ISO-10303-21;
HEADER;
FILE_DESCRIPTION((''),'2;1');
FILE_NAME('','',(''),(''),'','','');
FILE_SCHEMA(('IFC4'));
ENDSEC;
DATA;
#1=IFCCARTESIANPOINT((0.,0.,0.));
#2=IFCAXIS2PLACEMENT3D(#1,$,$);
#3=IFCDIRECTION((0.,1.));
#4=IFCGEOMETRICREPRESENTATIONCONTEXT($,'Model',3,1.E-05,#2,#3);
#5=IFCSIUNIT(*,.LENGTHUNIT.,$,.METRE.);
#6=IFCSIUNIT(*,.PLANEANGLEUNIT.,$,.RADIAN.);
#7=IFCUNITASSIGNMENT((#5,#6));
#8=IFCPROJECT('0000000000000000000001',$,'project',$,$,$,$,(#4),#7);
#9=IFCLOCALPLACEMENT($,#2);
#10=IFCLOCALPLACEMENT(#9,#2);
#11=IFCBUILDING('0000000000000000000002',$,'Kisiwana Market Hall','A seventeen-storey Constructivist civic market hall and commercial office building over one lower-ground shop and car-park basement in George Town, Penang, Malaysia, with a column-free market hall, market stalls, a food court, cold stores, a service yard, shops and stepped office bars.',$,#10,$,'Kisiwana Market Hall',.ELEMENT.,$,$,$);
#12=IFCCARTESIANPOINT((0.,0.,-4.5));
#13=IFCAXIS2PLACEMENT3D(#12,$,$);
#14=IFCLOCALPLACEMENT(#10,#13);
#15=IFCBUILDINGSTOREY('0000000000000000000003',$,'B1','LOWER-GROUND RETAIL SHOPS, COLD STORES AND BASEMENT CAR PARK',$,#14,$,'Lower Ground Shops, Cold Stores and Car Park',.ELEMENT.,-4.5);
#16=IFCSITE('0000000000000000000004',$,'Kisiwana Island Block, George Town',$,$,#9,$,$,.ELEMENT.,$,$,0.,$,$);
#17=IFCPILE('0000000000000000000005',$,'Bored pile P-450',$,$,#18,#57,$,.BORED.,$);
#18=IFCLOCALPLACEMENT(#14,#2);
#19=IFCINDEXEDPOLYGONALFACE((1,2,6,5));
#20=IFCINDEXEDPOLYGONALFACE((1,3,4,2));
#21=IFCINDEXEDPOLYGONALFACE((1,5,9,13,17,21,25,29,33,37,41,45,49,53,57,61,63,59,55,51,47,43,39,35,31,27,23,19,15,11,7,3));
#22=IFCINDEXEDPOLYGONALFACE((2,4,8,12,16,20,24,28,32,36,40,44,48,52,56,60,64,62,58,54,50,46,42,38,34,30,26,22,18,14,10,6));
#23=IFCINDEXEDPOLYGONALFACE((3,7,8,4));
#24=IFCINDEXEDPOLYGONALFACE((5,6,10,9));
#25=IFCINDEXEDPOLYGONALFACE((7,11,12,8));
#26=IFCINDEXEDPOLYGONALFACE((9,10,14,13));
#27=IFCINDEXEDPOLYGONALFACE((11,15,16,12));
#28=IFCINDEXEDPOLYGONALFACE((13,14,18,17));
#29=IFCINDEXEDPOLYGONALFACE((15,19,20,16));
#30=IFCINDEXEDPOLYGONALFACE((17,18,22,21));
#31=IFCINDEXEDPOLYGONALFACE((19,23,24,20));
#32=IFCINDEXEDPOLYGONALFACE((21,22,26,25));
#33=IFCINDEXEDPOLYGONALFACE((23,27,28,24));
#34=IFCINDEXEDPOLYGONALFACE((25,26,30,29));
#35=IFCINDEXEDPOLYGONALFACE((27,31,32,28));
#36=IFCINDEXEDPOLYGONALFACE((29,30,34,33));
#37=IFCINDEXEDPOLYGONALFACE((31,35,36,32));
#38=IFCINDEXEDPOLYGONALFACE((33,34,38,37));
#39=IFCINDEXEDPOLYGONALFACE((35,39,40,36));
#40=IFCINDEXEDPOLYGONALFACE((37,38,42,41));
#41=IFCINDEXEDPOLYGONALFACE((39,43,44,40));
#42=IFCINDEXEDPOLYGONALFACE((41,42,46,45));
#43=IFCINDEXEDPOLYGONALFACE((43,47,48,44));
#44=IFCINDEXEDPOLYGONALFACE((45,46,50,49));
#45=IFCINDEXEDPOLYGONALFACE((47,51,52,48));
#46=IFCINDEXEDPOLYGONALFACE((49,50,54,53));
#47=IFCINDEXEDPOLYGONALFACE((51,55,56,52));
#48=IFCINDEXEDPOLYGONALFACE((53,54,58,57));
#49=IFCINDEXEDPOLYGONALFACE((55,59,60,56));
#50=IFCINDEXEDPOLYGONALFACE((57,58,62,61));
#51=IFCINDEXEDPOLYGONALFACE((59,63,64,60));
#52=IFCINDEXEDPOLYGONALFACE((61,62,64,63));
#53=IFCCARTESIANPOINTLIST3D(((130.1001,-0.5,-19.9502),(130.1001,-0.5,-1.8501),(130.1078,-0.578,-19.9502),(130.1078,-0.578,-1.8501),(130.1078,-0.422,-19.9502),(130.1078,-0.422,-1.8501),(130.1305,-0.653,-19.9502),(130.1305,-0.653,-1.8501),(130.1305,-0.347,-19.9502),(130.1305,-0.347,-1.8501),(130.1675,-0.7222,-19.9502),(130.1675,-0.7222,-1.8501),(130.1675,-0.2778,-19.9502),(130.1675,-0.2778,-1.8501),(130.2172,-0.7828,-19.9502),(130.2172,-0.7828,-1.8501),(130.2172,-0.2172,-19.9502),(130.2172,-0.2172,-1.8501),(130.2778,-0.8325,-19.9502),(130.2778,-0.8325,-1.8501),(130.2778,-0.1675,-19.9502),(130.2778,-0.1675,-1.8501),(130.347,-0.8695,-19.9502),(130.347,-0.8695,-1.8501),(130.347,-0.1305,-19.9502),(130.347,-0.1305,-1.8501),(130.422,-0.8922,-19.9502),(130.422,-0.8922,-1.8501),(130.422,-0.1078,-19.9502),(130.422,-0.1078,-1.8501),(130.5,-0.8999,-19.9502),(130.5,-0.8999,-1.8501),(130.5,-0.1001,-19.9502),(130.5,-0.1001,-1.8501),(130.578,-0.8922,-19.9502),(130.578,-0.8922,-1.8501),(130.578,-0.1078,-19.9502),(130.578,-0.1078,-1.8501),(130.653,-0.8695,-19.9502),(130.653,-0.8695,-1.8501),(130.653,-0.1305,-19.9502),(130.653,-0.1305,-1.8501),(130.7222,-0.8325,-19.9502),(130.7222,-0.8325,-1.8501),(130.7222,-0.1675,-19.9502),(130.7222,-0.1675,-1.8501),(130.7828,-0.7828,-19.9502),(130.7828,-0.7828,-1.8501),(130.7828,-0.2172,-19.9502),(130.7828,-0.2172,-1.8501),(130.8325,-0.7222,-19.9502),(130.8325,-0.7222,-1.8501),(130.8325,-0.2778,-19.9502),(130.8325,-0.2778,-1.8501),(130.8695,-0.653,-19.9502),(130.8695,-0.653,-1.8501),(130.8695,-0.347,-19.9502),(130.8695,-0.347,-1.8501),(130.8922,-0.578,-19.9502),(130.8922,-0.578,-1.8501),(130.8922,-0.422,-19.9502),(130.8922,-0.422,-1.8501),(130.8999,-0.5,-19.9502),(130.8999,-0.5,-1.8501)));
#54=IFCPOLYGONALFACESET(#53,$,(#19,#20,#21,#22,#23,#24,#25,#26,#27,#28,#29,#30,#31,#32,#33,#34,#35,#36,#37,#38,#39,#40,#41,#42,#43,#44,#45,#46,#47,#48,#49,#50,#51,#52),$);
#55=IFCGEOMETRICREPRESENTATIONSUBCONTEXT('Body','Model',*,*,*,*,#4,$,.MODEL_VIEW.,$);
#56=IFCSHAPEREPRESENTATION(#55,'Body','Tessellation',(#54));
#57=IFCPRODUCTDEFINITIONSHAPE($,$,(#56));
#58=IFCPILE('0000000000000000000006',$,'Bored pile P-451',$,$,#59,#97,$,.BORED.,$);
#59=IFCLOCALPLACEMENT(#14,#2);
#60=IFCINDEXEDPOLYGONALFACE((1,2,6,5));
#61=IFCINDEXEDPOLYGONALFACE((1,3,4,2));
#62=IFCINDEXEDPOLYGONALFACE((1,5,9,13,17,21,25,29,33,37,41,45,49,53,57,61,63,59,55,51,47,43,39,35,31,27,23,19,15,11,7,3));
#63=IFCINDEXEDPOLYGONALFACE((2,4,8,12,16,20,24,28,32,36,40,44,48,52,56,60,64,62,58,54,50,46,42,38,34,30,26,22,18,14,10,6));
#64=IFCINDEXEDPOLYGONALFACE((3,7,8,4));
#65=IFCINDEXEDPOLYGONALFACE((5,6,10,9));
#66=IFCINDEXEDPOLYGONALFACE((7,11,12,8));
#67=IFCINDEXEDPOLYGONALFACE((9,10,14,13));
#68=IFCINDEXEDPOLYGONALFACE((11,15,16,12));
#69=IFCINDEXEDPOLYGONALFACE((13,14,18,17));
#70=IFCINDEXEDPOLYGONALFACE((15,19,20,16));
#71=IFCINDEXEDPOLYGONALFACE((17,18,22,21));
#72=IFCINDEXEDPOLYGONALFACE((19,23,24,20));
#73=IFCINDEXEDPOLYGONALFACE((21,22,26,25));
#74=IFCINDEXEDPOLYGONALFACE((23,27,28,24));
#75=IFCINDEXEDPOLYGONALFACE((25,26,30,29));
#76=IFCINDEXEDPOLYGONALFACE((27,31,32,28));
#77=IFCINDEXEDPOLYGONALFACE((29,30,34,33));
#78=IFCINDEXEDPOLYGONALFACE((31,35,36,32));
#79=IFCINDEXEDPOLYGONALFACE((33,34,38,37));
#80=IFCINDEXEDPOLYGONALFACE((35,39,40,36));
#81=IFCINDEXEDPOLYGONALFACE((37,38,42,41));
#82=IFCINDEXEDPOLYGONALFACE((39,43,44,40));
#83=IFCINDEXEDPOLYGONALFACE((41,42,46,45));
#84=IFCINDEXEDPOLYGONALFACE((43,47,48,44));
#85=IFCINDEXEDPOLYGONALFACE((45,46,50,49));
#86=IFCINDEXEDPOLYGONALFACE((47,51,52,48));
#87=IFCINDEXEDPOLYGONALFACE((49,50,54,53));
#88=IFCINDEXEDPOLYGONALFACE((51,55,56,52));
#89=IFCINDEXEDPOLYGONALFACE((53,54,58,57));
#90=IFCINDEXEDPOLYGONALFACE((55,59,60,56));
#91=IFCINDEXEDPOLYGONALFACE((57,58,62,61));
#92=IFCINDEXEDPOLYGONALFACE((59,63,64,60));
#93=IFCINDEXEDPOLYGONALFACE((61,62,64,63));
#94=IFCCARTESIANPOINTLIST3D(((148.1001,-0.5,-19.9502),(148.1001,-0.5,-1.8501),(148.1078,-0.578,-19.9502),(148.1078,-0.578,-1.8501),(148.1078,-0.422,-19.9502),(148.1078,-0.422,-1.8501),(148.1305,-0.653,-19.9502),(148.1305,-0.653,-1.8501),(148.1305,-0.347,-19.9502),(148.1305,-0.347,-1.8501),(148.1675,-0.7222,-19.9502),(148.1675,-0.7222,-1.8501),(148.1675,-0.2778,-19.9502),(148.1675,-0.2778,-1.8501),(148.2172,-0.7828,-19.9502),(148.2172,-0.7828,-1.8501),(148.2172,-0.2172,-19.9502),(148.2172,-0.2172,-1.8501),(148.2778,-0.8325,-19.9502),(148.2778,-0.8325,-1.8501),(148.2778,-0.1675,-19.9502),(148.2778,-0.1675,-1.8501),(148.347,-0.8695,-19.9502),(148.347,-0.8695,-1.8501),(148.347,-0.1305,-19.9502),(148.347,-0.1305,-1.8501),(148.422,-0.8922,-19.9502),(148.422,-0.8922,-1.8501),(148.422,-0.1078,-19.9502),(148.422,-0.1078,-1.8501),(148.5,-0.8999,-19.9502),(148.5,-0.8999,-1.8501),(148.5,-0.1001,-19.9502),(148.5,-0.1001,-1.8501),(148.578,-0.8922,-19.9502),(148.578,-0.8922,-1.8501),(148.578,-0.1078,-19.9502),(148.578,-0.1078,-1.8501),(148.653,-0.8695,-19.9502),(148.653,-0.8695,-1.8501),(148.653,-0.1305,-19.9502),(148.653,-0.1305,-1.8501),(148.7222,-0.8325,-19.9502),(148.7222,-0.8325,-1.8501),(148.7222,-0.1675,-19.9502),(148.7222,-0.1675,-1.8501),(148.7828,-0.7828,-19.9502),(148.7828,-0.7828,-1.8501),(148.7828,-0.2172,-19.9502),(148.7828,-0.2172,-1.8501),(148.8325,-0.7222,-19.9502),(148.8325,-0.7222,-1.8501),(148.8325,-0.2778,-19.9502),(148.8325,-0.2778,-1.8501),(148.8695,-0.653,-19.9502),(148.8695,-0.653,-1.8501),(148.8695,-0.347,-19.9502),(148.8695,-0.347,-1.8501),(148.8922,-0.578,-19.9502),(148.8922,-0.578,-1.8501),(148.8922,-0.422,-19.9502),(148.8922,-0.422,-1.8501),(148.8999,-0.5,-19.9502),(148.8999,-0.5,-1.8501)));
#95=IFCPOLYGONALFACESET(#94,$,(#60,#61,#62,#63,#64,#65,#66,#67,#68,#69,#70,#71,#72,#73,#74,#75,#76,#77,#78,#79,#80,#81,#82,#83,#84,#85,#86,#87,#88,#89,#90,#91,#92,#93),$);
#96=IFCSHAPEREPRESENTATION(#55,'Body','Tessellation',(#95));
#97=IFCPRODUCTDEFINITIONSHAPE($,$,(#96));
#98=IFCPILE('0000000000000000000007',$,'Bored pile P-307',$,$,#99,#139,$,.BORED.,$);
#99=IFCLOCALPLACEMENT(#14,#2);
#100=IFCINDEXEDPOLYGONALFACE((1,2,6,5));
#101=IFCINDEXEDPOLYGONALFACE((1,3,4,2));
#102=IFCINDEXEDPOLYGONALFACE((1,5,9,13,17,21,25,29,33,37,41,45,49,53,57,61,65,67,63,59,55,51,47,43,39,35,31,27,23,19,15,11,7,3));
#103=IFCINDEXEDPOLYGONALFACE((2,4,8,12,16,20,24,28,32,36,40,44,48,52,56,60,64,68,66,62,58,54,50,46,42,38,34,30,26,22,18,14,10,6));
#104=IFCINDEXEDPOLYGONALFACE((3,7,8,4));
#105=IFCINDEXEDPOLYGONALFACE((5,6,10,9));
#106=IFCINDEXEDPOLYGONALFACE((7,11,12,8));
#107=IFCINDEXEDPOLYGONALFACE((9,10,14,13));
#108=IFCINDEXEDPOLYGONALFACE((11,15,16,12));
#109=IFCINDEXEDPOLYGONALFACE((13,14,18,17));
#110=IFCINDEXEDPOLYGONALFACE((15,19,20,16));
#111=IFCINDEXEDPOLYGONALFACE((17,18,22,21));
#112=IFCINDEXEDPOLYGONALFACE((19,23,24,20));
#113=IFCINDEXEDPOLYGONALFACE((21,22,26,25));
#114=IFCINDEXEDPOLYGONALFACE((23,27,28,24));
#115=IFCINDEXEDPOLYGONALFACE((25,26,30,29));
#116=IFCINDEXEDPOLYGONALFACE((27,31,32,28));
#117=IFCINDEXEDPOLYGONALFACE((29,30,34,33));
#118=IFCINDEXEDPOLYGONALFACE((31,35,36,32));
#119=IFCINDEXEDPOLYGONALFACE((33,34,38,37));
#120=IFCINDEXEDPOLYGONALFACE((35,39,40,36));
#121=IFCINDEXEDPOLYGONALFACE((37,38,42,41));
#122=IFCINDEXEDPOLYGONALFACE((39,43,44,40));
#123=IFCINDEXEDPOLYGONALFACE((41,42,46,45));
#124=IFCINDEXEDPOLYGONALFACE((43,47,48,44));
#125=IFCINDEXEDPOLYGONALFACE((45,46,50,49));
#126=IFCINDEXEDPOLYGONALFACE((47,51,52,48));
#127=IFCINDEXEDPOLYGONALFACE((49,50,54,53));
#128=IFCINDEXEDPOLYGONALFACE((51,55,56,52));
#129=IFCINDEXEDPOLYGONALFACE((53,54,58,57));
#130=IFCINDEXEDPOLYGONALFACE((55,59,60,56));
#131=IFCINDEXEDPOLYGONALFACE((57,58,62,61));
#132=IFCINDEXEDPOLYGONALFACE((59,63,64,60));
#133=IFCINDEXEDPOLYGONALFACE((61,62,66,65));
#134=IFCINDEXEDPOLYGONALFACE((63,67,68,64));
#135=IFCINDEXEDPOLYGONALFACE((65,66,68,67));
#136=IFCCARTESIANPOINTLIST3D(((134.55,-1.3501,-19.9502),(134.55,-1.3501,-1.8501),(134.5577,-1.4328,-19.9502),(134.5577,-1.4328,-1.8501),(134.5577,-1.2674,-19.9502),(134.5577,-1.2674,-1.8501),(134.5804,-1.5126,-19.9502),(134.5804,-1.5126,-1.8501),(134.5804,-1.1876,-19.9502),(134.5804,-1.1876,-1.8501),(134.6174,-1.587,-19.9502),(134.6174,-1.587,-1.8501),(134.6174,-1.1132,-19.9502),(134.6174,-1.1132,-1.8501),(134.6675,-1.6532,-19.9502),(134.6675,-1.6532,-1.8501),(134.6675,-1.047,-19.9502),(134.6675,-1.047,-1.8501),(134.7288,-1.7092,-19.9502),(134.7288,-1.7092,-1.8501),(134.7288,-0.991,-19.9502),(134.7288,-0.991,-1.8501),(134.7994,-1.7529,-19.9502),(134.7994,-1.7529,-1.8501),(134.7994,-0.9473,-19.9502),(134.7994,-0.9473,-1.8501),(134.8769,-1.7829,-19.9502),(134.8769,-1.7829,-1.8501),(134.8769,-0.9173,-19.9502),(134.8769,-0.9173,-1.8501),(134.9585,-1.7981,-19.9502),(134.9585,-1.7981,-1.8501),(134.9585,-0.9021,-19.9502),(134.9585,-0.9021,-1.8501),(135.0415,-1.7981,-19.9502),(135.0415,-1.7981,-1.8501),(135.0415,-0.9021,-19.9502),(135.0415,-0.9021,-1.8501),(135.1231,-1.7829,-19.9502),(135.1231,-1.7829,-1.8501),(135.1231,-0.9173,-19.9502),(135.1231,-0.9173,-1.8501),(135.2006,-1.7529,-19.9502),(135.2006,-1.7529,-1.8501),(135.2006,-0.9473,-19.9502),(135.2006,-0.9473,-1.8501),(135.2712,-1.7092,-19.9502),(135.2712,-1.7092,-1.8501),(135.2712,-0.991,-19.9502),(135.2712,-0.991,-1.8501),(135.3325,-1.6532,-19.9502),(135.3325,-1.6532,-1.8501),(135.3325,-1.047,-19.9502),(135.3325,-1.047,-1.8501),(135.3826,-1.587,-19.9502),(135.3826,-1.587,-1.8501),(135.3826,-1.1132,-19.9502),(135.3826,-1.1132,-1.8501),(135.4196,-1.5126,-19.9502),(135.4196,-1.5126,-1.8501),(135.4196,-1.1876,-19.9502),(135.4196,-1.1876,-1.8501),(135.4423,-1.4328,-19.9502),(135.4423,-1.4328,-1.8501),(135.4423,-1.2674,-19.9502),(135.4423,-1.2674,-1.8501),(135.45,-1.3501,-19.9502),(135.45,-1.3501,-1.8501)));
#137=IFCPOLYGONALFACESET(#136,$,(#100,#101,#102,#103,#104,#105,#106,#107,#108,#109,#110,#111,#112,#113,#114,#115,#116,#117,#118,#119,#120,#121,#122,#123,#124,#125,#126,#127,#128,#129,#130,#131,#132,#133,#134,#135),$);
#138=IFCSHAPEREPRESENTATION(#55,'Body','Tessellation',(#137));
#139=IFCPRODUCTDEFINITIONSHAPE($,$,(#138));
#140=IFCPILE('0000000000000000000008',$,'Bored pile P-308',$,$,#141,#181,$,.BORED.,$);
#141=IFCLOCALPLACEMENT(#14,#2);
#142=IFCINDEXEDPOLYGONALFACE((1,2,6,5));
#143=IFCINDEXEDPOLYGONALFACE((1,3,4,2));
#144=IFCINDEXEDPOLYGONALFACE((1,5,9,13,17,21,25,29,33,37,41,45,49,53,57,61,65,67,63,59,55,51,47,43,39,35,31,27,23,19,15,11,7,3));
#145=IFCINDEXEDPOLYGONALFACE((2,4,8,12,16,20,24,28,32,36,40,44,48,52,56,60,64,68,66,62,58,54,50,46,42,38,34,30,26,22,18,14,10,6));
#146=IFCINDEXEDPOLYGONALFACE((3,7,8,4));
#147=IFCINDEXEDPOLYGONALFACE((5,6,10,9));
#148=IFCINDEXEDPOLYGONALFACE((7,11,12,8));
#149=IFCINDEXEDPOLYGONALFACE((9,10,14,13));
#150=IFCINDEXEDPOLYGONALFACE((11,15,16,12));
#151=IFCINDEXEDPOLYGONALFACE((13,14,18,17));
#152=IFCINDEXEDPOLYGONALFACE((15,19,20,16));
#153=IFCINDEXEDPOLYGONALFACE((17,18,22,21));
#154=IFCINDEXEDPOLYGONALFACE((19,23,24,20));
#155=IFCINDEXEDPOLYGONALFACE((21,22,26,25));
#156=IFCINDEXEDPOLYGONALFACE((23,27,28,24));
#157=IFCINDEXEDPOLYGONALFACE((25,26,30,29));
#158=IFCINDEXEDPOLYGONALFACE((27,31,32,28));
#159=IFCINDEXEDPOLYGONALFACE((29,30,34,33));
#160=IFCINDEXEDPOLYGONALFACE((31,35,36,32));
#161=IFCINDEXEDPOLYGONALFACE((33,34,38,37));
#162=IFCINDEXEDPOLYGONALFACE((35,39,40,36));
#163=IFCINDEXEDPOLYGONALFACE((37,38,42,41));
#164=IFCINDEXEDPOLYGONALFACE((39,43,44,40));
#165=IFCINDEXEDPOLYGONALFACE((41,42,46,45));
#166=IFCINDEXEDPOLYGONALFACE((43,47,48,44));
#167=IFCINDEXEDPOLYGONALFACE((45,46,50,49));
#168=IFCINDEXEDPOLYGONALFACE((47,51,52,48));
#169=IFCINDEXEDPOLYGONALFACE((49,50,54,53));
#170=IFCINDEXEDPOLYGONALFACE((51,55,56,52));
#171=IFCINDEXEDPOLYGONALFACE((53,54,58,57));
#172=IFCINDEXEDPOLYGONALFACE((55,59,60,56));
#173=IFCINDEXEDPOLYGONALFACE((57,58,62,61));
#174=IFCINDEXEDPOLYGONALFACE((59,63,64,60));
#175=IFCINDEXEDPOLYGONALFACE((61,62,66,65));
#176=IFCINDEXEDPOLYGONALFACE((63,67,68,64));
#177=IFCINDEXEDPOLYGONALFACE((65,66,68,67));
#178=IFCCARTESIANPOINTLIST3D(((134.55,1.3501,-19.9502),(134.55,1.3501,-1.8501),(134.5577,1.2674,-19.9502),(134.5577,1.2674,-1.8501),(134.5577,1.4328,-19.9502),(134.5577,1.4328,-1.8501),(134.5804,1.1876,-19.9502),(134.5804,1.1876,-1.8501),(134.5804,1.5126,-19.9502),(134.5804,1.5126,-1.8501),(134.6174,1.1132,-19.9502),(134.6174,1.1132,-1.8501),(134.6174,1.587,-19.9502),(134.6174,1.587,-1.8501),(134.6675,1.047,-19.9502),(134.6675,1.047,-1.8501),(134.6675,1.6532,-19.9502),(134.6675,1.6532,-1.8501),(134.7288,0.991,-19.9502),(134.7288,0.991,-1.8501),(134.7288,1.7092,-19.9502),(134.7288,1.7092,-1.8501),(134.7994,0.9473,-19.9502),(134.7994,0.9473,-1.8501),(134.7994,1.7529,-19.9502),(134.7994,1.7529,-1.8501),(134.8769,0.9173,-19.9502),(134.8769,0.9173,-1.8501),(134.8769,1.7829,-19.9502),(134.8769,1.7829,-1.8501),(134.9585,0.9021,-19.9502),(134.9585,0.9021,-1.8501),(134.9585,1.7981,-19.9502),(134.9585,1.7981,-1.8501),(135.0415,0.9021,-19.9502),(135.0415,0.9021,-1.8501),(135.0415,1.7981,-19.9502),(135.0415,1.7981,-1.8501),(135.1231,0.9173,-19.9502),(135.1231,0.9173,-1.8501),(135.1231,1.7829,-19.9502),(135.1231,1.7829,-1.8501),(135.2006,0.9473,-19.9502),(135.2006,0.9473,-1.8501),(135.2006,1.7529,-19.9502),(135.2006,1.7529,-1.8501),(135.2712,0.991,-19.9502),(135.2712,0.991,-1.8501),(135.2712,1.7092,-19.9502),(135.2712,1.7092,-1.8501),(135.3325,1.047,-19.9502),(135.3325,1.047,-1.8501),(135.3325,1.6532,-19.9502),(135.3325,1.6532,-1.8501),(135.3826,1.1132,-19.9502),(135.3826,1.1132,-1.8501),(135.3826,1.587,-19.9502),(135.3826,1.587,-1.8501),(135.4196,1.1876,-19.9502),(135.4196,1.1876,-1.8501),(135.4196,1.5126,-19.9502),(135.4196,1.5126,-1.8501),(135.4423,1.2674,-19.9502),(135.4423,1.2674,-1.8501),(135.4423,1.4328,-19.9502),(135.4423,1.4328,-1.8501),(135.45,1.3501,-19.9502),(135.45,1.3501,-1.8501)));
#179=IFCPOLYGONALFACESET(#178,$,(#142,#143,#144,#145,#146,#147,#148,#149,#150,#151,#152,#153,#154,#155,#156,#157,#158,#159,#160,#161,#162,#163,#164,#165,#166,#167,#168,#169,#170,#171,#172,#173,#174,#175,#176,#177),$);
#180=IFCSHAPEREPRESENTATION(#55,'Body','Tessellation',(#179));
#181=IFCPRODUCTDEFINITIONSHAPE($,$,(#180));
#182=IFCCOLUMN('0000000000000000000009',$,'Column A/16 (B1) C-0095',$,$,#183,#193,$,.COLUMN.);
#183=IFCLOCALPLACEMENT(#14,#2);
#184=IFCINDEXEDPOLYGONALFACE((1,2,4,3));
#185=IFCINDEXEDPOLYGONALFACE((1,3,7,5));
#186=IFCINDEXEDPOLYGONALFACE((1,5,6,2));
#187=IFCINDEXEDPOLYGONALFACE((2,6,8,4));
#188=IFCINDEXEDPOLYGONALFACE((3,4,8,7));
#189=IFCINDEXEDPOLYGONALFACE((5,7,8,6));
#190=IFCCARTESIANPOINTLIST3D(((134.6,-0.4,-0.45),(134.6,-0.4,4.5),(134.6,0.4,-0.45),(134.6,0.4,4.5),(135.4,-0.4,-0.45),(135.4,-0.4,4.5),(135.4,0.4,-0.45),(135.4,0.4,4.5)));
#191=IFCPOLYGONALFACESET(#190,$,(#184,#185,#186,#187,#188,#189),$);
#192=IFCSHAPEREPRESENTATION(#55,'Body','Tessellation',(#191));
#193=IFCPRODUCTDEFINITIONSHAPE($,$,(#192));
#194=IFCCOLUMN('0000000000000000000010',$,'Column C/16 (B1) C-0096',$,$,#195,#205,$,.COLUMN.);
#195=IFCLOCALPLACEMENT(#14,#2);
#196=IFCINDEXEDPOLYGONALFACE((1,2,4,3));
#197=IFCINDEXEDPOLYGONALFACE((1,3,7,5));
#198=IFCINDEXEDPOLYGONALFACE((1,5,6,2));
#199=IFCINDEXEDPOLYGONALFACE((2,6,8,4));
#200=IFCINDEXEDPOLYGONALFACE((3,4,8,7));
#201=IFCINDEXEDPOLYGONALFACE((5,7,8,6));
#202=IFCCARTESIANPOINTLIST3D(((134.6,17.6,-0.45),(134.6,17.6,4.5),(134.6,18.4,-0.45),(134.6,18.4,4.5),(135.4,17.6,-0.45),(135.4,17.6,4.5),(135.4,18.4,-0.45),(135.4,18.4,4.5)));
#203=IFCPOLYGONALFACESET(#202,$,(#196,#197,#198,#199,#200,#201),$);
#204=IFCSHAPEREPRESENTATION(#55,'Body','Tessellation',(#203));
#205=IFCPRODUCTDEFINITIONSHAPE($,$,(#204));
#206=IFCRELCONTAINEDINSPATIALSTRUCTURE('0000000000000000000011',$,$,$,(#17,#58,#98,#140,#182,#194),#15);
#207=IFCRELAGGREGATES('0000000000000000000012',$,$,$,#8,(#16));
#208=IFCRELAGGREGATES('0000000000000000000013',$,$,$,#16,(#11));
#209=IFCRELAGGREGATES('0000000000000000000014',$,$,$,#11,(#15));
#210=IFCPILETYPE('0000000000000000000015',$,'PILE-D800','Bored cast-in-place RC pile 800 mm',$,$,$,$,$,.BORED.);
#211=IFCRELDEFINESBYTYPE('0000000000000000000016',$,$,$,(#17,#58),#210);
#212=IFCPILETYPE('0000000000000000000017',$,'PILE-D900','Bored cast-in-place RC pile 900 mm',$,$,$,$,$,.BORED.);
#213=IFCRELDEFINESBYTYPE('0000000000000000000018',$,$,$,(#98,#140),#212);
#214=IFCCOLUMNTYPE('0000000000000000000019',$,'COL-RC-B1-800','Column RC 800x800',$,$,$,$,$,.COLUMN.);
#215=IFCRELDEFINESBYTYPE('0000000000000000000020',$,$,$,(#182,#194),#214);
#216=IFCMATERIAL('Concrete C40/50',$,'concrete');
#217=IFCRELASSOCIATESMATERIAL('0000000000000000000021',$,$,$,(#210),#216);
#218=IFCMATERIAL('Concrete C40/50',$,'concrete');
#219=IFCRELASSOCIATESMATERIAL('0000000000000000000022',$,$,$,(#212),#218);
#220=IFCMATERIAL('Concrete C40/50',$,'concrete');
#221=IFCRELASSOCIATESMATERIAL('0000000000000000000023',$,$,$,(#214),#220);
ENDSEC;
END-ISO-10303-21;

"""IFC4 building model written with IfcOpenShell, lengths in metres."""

from ifc_helpers import new_model, si_unit, direction, frame, origin, origin_2d, place, context, subcontext, project, spatial, rectangle, circle, extrude, material, material_profile, profile_set, type_object, element, save


model = new_model("IFC4")

# Units and contexts
model_context = context("Model", 3, precision=1e-05, world=origin(), true_north=direction((0.0, 1.0)))
body_context = subcontext(model_context, "Body", "Model", "MODEL_VIEW")
ifc_project = project(units=[si_unit("LENGTHUNIT", "METRE"), si_unit("PLANEANGLEUNIT", "RADIAN")], contexts=[model_context])

# Site, building, storey
site_placement = place(None, origin())
site = spatial("IfcSite", under=ifc_project, at=site_placement, Name="Kisiwana Island Block, George Town", CompositionType="ELEMENT", RefElevation=0.0)
building_placement = place(site_placement, origin())
building = spatial("IfcBuilding", under=site, at=building_placement, Name="Kisiwana Market Hall", Description="A seventeen-storey Constructivist civic market hall and commercial office building over one lower-ground shop and car-park basement in George Town, Penang, Malaysia, with a column-free market hall, market stalls, a food court, cold stores, a service yard, shops and stepped office bars.", LongName="Kisiwana Market Hall", CompositionType="ELEMENT")
storey_placement = place(building_placement, frame((0.0, 0.0, -4.5)))
storey = spatial("IfcBuildingStorey", under=building, at=storey_placement, Name="B1", Description="LOWER-GROUND RETAIL SHOPS, COLD STORES AND BASEMENT CAR PARK", LongName="Lower Ground Shops, Cold Stores and Car Park", CompositionType="ELEMENT", Elevation=-4.5)

# Piles
ifc_material_1 = material(Name="Concrete C40/50", Category="concrete")
ifc_material_profile_1 = material_profile(ifc_material_1, circle(Radius=0.3999, at=origin_2d()), Name="BP D800")
ifc_profile_set_1 = profile_set([ifc_material_profile_1], Name="Concrete C40/50")
pile_type_1 = type_object("IfcPileType", Name="PILE-D800", Description="Bored cast-in-place RC pile 800 mm", PredefinedType="BORED", material=ifc_profile_set_1)
for number, where, z_axis, x_axis, name in (
    (1, (130.5, -0.5, -1.8501), (0.0, 0.0, -1.0), (1.0, 0.0, 0.0), "Bored pile P-450"),
    (2, (148.5, -0.5, -1.8501), (0.0, 0.0, -1.0), (1.0, 0.0, 0.0), "Bored pile P-451"),
):
    element("IfcPile", number, at=place(storey_placement, frame(where, z_axis=z_axis, x_axis=x_axis)), inside=storey, type_object=pile_type_1, Name=name, PredefinedType="BORED", context=body_context, shape_type="SweptSolid", body=[
        extrude(circle(Radius=0.3999, at=origin_2d()), origin(), (0.0, 0.0, 1.0), 18.1001),
    ])
ifc_material_2 = material(Name="Concrete C40/50", Category="concrete")
ifc_material_profile_2 = material_profile(ifc_material_2, circle(Radius=0.45, at=origin_2d()), Name="BP D900")
ifc_profile_set_2 = profile_set([ifc_material_profile_2], Name="Concrete C40/50")
pile_type_2 = type_object("IfcPileType", Name="PILE-D900", Description="Bored cast-in-place RC pile 900 mm", PredefinedType="BORED", material=ifc_profile_set_2)
for number, where, z_axis, x_axis, name in (
    (3, (135.0, -1.3501, -1.8501), (0.0, 0.0, -1.0), (1.0, 0.0, 0.0), "Bored pile P-307"),
    (4, (135.0, 1.3501, -1.8501), (0.0, 0.0, -1.0), (1.0, 0.0, 0.0), "Bored pile P-308"),
):
    element("IfcPile", number, at=place(storey_placement, frame(where, z_axis=z_axis, x_axis=x_axis)), inside=storey, type_object=pile_type_2, Name=name, PredefinedType="BORED", context=body_context, shape_type="SweptSolid", body=[
        extrude(circle(Radius=0.45, at=origin_2d()), origin(), (0.0, 0.0, 1.0), 18.1001),
    ])

# Columns
ifc_material_3 = material(Name="Concrete C40/50", Category="concrete")
ifc_material_profile_3 = material_profile(ifc_material_3, rectangle(XDim=0.8, YDim=0.8, at=origin_2d()), Name="RC 800x800")
ifc_profile_set_3 = profile_set([ifc_material_profile_3], Name="Concrete C40/50")
column_type_1 = type_object("IfcColumnType", Name="COL-RC-B1-800", Description="Column RC 800x800", PredefinedType="COLUMN", material=ifc_profile_set_3)
for number, where, z_axis, x_axis, name in (
    (5, (135.0, 0.0, -0.45), (0.0, 0.0, 1.0), (1.0, 0.0, 0.0), "Column A/16 (B1) C-0095"),
    (6, (135.0, 18.0, -0.45), (0.0, 0.0, 1.0), (1.0, 0.0, 0.0), "Column C/16 (B1) C-0096"),
):
    element("IfcColumn", number, at=place(storey_placement, frame(where, z_axis=z_axis, x_axis=x_axis)), inside=storey, type_object=column_type_1, Name=name, PredefinedType="COLUMN", context=body_context, shape_type="SweptSolid", body=[
        extrude(rectangle(XDim=0.8, YDim=0.8, at=origin_2d()), origin(), (0.0, 0.0, 1.0), 4.95),
    ])

save(model, "model.ifc")
